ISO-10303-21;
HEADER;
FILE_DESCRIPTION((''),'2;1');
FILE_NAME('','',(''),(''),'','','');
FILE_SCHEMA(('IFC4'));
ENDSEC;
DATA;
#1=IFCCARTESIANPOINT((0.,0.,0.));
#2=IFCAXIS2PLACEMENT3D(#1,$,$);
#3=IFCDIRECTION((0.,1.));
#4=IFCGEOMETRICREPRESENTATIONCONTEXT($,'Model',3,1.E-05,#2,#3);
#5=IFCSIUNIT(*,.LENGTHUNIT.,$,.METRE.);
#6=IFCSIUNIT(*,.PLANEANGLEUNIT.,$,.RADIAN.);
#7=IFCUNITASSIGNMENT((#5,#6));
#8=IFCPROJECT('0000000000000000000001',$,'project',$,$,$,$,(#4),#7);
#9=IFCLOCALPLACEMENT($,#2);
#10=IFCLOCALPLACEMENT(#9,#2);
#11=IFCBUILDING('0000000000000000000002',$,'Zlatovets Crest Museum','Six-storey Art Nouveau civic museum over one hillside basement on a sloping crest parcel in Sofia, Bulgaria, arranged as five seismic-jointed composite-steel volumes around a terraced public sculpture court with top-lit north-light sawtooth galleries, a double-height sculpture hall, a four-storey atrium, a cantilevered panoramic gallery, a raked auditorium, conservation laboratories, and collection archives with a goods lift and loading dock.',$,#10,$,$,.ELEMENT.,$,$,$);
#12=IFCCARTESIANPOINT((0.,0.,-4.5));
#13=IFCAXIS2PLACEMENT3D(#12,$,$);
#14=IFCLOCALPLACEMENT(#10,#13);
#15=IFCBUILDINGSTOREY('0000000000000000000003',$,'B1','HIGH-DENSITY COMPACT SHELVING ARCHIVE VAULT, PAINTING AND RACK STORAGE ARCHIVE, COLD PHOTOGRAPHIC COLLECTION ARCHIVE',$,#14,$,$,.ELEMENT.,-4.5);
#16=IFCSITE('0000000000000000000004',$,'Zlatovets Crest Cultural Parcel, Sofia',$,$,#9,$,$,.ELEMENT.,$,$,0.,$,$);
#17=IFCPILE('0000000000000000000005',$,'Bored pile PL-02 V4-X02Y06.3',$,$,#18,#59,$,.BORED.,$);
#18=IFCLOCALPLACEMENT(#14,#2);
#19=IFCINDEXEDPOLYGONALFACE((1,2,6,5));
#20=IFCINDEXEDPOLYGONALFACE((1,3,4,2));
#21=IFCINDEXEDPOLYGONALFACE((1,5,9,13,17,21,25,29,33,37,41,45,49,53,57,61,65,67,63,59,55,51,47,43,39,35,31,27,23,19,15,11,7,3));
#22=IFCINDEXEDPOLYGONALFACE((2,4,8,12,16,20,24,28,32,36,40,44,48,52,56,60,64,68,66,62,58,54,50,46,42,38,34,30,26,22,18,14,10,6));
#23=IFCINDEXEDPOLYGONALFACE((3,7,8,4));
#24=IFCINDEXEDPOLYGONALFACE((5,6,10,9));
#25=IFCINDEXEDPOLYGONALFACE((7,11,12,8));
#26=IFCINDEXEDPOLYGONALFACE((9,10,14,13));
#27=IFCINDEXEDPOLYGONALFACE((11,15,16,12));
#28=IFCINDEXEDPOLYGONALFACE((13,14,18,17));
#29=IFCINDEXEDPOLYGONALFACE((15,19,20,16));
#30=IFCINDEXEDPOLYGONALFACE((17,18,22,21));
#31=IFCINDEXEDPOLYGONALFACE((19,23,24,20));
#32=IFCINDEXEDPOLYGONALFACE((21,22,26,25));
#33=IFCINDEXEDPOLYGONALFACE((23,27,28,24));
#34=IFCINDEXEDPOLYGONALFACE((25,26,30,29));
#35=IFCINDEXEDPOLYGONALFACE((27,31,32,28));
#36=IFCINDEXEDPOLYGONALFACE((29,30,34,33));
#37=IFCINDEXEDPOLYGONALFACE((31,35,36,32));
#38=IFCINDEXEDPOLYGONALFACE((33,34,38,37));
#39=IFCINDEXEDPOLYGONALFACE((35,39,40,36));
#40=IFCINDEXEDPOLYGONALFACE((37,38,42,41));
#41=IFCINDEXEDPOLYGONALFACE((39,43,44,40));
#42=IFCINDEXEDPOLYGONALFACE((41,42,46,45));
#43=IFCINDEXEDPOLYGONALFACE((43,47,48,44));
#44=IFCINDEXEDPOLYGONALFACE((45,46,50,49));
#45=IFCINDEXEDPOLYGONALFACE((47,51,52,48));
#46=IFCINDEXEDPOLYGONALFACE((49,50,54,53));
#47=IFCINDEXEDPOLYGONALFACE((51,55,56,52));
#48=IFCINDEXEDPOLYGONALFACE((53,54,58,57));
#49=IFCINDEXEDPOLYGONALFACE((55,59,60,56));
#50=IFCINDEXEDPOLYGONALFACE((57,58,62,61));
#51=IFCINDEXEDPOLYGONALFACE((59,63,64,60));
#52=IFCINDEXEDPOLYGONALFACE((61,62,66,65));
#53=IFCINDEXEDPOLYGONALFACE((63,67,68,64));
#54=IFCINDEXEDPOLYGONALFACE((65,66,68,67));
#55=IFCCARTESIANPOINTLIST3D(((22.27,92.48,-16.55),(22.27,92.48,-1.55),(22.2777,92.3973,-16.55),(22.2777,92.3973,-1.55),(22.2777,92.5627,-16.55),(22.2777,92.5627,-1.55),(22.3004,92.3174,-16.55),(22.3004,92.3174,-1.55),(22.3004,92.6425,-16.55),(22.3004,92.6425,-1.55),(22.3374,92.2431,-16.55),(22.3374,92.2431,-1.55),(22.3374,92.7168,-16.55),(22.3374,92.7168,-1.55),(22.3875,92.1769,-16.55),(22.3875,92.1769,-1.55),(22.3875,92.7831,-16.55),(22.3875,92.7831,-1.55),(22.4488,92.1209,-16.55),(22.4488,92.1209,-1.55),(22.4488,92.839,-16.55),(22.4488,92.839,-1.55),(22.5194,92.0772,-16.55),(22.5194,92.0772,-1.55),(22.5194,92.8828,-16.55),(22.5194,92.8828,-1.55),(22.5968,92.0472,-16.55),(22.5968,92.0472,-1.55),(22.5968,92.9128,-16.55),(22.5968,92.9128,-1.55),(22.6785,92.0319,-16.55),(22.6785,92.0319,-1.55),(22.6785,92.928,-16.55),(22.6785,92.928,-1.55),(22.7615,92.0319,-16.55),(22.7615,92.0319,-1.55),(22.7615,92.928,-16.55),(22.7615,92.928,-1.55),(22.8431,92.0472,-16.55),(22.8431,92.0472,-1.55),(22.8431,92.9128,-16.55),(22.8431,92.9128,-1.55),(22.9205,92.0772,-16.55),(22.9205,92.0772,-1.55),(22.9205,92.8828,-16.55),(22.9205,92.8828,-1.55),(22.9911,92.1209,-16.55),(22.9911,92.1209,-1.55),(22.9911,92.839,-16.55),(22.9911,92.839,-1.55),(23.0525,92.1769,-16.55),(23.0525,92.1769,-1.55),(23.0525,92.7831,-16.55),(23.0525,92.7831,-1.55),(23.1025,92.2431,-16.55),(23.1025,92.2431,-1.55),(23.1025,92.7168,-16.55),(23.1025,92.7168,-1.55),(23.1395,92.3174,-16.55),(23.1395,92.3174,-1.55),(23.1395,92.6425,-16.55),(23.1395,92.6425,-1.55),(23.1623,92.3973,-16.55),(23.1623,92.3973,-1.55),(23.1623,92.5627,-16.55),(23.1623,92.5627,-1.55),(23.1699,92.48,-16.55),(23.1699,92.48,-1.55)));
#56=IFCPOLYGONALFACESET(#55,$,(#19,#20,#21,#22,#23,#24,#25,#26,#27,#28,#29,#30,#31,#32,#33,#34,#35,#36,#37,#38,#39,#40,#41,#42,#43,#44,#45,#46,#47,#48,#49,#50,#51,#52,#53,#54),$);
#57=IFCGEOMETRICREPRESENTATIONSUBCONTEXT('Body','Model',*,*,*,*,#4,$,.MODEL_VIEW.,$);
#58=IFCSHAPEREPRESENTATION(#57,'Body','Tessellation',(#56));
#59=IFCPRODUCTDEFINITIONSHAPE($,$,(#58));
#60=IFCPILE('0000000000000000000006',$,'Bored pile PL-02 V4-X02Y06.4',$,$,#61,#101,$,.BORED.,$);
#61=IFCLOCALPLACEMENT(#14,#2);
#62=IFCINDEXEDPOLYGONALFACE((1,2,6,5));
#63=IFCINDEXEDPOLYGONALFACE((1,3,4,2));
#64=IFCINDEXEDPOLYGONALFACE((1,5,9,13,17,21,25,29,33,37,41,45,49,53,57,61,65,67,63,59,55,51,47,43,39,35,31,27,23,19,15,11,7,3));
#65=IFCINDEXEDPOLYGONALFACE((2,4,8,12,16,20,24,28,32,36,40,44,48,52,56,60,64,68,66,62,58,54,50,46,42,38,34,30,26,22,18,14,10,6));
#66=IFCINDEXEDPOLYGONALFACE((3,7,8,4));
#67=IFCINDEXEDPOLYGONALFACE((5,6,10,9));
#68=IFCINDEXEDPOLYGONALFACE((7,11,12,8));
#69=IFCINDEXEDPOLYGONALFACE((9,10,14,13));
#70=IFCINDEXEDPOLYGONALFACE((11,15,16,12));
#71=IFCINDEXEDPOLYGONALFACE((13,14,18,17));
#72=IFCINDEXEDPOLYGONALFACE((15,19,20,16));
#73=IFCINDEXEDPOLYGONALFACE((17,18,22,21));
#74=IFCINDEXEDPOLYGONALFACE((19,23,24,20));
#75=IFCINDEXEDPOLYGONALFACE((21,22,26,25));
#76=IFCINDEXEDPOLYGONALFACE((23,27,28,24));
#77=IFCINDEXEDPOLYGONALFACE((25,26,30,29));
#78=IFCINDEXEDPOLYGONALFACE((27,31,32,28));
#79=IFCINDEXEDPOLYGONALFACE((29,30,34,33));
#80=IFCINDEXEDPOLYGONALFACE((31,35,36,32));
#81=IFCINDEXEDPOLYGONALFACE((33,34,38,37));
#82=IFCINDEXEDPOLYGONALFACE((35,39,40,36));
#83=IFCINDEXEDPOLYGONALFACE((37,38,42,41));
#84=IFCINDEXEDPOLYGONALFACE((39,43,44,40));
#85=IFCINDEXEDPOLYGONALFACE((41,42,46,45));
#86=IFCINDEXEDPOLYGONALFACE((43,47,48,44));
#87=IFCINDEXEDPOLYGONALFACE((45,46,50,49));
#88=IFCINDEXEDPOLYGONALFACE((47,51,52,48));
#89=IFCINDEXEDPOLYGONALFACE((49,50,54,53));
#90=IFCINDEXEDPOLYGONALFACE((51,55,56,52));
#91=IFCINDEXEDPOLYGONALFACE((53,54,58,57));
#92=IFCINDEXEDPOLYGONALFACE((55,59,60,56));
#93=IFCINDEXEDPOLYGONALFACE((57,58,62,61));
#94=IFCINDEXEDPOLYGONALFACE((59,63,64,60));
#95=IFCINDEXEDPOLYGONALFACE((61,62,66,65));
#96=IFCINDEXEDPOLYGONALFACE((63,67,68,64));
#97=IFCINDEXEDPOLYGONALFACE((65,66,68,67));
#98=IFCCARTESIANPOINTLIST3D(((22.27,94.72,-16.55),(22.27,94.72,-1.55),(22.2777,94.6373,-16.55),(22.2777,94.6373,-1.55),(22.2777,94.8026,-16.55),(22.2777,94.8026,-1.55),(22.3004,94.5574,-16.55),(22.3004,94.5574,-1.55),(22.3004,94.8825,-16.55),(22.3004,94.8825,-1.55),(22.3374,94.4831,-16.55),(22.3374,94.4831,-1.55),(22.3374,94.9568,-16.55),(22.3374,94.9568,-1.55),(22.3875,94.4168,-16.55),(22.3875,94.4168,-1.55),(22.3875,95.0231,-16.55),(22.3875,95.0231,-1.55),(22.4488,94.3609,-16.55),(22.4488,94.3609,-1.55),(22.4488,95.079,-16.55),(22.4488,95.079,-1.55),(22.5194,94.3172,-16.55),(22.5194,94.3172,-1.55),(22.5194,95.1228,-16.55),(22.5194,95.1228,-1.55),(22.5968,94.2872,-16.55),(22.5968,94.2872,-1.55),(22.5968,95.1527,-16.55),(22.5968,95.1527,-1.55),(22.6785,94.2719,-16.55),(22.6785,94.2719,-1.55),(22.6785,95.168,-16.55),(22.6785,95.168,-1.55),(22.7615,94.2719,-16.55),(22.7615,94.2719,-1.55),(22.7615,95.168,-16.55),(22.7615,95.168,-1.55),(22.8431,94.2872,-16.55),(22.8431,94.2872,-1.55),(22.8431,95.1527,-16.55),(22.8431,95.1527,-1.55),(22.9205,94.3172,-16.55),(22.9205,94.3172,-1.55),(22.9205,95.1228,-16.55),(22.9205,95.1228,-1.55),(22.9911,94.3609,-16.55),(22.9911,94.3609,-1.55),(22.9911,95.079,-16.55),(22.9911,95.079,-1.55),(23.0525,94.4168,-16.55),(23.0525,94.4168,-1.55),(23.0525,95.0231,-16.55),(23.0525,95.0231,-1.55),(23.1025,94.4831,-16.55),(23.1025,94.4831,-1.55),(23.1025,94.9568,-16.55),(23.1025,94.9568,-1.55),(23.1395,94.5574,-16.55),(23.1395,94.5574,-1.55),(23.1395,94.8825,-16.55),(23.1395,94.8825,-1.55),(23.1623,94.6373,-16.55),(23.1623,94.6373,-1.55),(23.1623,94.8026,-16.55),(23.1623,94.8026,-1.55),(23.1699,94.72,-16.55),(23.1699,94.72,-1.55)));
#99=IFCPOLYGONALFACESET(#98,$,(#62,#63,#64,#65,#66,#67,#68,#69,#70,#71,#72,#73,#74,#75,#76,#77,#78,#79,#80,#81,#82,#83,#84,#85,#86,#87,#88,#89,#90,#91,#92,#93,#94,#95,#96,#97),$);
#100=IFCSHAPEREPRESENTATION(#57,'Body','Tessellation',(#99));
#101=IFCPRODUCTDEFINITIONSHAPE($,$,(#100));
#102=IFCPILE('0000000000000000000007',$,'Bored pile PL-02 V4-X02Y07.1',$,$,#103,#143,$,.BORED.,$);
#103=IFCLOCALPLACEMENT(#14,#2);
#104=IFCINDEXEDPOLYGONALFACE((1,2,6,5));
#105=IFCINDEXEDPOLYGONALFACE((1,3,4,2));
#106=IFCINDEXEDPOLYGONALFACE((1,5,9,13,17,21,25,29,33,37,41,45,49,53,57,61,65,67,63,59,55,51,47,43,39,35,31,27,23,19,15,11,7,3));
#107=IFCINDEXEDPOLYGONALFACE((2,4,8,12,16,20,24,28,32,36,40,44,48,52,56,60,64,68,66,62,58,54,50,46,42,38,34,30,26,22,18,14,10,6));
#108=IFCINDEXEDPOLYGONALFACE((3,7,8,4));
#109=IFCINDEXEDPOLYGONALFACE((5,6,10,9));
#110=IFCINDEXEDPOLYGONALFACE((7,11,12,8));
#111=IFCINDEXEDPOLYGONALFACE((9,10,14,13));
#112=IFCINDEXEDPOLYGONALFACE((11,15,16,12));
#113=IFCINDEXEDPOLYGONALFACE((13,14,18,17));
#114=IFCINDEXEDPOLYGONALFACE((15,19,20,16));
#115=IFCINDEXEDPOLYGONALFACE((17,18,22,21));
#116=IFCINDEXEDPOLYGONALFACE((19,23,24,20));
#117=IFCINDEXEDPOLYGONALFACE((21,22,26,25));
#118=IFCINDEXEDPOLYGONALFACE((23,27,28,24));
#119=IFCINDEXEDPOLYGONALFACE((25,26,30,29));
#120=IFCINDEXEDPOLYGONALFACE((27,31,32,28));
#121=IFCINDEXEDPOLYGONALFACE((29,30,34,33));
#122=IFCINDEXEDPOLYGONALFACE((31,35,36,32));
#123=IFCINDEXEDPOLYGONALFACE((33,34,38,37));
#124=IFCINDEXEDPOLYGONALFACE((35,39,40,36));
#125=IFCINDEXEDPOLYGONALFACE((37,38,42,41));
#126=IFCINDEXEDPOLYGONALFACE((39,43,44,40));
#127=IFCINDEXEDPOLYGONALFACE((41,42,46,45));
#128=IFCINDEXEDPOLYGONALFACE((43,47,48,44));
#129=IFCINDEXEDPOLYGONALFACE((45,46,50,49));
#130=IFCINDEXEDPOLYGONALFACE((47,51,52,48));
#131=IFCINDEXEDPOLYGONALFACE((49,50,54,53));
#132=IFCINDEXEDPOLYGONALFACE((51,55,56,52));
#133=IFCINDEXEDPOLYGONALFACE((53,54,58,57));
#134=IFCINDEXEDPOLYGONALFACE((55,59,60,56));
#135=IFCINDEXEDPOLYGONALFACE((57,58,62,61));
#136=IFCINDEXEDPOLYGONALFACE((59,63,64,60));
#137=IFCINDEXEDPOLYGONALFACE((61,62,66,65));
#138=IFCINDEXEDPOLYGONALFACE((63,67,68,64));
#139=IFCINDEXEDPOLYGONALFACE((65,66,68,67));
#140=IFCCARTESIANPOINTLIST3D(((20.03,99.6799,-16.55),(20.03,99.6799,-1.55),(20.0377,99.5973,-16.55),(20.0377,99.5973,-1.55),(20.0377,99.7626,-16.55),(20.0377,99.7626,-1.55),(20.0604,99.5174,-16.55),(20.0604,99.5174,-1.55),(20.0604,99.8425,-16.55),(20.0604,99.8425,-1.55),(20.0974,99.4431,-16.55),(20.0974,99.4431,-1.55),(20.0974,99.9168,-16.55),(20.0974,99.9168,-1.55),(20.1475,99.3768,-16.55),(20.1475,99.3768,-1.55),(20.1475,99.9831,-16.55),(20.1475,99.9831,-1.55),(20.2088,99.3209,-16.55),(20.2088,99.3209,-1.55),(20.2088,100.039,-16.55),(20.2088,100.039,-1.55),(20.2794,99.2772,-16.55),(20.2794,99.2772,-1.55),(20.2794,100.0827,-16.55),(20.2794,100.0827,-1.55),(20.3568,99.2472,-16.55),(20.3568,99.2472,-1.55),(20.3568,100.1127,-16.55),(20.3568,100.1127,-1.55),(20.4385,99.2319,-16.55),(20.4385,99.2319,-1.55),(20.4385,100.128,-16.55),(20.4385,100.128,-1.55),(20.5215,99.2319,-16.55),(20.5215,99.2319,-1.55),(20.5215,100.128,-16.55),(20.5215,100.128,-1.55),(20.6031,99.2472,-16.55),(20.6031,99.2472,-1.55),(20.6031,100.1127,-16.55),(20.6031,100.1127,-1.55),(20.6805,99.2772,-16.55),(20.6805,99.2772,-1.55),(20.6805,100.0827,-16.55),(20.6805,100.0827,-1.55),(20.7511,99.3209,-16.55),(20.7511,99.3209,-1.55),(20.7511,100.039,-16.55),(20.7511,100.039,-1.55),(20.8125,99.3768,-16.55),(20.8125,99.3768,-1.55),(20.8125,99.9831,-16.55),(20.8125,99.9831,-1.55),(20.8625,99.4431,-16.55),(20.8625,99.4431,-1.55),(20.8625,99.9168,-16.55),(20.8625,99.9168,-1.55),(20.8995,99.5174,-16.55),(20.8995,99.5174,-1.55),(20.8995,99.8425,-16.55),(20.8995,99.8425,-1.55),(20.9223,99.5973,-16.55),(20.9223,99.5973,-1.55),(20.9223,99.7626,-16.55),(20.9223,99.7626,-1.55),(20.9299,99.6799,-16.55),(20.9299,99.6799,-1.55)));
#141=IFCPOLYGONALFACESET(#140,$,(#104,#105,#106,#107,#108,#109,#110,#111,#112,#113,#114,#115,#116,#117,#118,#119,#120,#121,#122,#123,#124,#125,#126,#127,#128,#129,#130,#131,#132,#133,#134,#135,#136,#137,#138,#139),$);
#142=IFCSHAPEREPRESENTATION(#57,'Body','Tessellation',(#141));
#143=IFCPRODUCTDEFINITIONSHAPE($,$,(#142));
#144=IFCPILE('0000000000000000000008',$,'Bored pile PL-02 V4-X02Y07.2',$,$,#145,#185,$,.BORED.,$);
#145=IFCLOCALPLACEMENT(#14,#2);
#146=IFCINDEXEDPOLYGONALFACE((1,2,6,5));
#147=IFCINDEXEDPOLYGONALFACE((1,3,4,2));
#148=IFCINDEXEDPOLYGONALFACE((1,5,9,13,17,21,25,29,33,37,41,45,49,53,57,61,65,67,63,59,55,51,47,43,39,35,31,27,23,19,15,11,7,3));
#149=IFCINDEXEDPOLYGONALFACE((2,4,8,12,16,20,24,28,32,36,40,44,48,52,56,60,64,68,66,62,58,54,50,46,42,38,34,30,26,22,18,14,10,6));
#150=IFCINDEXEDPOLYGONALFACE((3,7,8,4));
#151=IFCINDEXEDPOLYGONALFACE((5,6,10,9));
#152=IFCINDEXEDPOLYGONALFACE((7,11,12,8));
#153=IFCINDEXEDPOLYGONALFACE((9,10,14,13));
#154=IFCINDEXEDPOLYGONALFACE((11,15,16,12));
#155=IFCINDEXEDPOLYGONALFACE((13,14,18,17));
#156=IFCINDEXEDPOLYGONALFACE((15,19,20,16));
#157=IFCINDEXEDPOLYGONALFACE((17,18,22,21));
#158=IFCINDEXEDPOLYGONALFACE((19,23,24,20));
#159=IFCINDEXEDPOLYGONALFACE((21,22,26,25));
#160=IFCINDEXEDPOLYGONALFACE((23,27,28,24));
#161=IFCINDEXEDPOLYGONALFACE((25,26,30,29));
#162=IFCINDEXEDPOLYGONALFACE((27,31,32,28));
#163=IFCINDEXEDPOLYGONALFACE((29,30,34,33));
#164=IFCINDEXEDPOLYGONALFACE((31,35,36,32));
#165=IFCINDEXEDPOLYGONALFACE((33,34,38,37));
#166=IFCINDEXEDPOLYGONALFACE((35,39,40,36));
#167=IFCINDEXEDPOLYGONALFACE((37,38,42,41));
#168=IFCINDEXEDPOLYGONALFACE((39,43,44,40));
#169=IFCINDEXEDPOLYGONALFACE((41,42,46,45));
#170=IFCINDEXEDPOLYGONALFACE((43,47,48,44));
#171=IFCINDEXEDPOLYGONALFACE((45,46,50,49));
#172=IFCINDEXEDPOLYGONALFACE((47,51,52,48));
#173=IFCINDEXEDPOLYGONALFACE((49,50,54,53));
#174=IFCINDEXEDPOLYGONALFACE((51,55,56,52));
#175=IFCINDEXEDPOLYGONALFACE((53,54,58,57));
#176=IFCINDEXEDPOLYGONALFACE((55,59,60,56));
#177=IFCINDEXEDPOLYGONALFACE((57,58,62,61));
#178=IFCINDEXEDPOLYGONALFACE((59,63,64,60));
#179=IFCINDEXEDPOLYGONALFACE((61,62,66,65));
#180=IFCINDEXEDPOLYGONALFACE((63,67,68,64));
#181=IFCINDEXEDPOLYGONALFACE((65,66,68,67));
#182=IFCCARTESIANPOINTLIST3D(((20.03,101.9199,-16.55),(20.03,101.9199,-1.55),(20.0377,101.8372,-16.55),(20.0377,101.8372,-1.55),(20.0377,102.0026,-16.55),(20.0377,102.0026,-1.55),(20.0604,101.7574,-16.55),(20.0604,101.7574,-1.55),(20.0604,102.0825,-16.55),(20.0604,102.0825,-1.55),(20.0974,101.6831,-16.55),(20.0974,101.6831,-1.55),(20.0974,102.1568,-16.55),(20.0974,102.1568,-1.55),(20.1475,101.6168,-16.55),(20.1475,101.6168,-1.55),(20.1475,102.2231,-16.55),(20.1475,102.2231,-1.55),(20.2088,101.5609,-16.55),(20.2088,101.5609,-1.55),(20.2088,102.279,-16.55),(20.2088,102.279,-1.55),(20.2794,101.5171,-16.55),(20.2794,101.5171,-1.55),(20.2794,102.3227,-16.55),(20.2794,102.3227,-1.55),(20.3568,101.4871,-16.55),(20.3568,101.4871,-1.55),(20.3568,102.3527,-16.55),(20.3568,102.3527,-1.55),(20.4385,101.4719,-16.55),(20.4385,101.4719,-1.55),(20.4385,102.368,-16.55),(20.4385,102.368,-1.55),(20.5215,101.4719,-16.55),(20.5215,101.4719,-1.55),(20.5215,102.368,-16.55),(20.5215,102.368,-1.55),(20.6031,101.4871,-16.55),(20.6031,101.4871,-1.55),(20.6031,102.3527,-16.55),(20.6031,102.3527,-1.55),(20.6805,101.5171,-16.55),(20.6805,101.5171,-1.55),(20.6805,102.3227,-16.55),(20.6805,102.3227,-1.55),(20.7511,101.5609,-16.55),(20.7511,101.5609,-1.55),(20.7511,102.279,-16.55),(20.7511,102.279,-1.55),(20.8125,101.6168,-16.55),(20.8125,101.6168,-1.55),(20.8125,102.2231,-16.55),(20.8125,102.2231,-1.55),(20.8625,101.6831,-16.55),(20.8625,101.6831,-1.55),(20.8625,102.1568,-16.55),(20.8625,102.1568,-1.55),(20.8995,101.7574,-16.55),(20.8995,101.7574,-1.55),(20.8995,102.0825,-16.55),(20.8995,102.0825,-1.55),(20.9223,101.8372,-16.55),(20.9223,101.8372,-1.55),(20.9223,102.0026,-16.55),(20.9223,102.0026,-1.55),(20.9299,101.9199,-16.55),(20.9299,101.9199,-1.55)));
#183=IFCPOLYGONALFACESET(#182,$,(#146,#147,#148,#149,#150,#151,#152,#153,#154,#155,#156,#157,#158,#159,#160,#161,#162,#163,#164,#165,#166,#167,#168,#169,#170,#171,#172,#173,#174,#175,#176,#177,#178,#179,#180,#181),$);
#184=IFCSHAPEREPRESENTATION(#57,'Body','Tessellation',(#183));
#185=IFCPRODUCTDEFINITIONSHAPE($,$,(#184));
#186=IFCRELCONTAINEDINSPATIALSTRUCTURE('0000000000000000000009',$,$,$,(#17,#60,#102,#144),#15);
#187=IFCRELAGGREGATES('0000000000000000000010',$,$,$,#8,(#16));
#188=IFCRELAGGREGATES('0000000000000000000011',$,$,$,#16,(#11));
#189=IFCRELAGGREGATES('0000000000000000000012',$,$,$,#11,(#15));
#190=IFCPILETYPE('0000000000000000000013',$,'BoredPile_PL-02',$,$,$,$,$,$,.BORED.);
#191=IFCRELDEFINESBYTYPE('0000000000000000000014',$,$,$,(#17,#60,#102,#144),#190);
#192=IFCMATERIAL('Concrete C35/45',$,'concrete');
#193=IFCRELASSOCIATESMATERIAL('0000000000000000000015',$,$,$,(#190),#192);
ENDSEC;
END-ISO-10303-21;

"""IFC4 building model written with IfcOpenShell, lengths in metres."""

from ifc_helpers import new_model, si_unit, direction, frame, origin, origin_2d, place, context, subcontext, project, spatial, circle, extrude, material, material_profile, profile_set, type_object, element, save


model = new_model("IFC4")

# Units and contexts
model_context = context("Model", 3, precision=1e-05, world=origin(), true_north=direction((0.0, 1.0)))
body_context = subcontext(model_context, "Body", "Model", "MODEL_VIEW")
ifc_project = project(units=[si_unit("LENGTHUNIT", "METRE"), si_unit("PLANEANGLEUNIT", "RADIAN")], contexts=[model_context])

# Site, building, storey
site_placement = place(None, origin())
site = spatial("IfcSite", under=ifc_project, at=site_placement, Name="Zlatovets Crest Cultural Parcel, Sofia", CompositionType="ELEMENT", RefElevation=0.0)
building_placement = place(site_placement, origin())
building = spatial("IfcBuilding", under=site, at=building_placement, Name="Zlatovets Crest Museum", Description="Six-storey Art Nouveau civic museum over one hillside basement on a sloping crest parcel in Sofia, Bulgaria, arranged as five seismic-jointed composite-steel volumes around a terraced public sculpture court with top-lit north-light sawtooth galleries, a double-height sculpture hall, a four-storey atrium, a cantilevered panoramic gallery, a raked auditorium, conservation laboratories, and collection archives with a goods lift and loading dock.", CompositionType="ELEMENT")
storey_placement = place(building_placement, frame((0.0, 0.0, -4.5)))
storey = spatial("IfcBuildingStorey", under=building, at=storey_placement, Name="B1", Description="HIGH-DENSITY COMPACT SHELVING ARCHIVE VAULT, PAINTING AND RACK STORAGE ARCHIVE, COLD PHOTOGRAPHIC COLLECTION ARCHIVE", CompositionType="ELEMENT", Elevation=-4.5)

# Piles
ifc_material = material(Name="Concrete C35/45", Category="concrete")
ifc_material_profile_1 = material_profile(ifc_material, circle(Radius=0.45, at=origin_2d()), Name="PILE D900")
ifc_profile_set_1 = profile_set([ifc_material_profile_1], Name="Concrete C35/45")
pile_type = type_object("IfcPileType", Name="BoredPile_PL-02", PredefinedType="BORED", material=ifc_profile_set_1)
for number, where, z_axis, x_axis, name in (
    (1, (22.72, 92.48, -1.55), (0.0, 0.0, -1.0), (1.0, 0.0, 0.0), "Bored pile PL-02 V4-X02Y06.3"),
    (2, (22.72, 94.72, -1.55), (0.0, 0.0, -1.0), (1.0, 0.0, 0.0), "Bored pile PL-02 V4-X02Y06.4"),
    (3, (20.48, 99.6799, -1.55), (0.0, 0.0, -1.0), (1.0, 0.0, 0.0), "Bored pile PL-02 V4-X02Y07.1"),
    (4, (20.48, 101.9199, -1.55), (0.0, 0.0, -1.0), (1.0, 0.0, 0.0), "Bored pile PL-02 V4-X02Y07.2"),
):
    element("IfcPile", number, at=place(storey_placement, frame(where, z_axis=z_axis, x_axis=x_axis)), inside=storey, type_object=pile_type, Name=name, PredefinedType="BORED", context=body_context, shape_type="SweptSolid", body=[
        extrude(circle(Radius=0.45, at=origin_2d()), origin(), (0.0, 0.0, 1.0), 15.0),
    ])

save(model, "model.ifc")
